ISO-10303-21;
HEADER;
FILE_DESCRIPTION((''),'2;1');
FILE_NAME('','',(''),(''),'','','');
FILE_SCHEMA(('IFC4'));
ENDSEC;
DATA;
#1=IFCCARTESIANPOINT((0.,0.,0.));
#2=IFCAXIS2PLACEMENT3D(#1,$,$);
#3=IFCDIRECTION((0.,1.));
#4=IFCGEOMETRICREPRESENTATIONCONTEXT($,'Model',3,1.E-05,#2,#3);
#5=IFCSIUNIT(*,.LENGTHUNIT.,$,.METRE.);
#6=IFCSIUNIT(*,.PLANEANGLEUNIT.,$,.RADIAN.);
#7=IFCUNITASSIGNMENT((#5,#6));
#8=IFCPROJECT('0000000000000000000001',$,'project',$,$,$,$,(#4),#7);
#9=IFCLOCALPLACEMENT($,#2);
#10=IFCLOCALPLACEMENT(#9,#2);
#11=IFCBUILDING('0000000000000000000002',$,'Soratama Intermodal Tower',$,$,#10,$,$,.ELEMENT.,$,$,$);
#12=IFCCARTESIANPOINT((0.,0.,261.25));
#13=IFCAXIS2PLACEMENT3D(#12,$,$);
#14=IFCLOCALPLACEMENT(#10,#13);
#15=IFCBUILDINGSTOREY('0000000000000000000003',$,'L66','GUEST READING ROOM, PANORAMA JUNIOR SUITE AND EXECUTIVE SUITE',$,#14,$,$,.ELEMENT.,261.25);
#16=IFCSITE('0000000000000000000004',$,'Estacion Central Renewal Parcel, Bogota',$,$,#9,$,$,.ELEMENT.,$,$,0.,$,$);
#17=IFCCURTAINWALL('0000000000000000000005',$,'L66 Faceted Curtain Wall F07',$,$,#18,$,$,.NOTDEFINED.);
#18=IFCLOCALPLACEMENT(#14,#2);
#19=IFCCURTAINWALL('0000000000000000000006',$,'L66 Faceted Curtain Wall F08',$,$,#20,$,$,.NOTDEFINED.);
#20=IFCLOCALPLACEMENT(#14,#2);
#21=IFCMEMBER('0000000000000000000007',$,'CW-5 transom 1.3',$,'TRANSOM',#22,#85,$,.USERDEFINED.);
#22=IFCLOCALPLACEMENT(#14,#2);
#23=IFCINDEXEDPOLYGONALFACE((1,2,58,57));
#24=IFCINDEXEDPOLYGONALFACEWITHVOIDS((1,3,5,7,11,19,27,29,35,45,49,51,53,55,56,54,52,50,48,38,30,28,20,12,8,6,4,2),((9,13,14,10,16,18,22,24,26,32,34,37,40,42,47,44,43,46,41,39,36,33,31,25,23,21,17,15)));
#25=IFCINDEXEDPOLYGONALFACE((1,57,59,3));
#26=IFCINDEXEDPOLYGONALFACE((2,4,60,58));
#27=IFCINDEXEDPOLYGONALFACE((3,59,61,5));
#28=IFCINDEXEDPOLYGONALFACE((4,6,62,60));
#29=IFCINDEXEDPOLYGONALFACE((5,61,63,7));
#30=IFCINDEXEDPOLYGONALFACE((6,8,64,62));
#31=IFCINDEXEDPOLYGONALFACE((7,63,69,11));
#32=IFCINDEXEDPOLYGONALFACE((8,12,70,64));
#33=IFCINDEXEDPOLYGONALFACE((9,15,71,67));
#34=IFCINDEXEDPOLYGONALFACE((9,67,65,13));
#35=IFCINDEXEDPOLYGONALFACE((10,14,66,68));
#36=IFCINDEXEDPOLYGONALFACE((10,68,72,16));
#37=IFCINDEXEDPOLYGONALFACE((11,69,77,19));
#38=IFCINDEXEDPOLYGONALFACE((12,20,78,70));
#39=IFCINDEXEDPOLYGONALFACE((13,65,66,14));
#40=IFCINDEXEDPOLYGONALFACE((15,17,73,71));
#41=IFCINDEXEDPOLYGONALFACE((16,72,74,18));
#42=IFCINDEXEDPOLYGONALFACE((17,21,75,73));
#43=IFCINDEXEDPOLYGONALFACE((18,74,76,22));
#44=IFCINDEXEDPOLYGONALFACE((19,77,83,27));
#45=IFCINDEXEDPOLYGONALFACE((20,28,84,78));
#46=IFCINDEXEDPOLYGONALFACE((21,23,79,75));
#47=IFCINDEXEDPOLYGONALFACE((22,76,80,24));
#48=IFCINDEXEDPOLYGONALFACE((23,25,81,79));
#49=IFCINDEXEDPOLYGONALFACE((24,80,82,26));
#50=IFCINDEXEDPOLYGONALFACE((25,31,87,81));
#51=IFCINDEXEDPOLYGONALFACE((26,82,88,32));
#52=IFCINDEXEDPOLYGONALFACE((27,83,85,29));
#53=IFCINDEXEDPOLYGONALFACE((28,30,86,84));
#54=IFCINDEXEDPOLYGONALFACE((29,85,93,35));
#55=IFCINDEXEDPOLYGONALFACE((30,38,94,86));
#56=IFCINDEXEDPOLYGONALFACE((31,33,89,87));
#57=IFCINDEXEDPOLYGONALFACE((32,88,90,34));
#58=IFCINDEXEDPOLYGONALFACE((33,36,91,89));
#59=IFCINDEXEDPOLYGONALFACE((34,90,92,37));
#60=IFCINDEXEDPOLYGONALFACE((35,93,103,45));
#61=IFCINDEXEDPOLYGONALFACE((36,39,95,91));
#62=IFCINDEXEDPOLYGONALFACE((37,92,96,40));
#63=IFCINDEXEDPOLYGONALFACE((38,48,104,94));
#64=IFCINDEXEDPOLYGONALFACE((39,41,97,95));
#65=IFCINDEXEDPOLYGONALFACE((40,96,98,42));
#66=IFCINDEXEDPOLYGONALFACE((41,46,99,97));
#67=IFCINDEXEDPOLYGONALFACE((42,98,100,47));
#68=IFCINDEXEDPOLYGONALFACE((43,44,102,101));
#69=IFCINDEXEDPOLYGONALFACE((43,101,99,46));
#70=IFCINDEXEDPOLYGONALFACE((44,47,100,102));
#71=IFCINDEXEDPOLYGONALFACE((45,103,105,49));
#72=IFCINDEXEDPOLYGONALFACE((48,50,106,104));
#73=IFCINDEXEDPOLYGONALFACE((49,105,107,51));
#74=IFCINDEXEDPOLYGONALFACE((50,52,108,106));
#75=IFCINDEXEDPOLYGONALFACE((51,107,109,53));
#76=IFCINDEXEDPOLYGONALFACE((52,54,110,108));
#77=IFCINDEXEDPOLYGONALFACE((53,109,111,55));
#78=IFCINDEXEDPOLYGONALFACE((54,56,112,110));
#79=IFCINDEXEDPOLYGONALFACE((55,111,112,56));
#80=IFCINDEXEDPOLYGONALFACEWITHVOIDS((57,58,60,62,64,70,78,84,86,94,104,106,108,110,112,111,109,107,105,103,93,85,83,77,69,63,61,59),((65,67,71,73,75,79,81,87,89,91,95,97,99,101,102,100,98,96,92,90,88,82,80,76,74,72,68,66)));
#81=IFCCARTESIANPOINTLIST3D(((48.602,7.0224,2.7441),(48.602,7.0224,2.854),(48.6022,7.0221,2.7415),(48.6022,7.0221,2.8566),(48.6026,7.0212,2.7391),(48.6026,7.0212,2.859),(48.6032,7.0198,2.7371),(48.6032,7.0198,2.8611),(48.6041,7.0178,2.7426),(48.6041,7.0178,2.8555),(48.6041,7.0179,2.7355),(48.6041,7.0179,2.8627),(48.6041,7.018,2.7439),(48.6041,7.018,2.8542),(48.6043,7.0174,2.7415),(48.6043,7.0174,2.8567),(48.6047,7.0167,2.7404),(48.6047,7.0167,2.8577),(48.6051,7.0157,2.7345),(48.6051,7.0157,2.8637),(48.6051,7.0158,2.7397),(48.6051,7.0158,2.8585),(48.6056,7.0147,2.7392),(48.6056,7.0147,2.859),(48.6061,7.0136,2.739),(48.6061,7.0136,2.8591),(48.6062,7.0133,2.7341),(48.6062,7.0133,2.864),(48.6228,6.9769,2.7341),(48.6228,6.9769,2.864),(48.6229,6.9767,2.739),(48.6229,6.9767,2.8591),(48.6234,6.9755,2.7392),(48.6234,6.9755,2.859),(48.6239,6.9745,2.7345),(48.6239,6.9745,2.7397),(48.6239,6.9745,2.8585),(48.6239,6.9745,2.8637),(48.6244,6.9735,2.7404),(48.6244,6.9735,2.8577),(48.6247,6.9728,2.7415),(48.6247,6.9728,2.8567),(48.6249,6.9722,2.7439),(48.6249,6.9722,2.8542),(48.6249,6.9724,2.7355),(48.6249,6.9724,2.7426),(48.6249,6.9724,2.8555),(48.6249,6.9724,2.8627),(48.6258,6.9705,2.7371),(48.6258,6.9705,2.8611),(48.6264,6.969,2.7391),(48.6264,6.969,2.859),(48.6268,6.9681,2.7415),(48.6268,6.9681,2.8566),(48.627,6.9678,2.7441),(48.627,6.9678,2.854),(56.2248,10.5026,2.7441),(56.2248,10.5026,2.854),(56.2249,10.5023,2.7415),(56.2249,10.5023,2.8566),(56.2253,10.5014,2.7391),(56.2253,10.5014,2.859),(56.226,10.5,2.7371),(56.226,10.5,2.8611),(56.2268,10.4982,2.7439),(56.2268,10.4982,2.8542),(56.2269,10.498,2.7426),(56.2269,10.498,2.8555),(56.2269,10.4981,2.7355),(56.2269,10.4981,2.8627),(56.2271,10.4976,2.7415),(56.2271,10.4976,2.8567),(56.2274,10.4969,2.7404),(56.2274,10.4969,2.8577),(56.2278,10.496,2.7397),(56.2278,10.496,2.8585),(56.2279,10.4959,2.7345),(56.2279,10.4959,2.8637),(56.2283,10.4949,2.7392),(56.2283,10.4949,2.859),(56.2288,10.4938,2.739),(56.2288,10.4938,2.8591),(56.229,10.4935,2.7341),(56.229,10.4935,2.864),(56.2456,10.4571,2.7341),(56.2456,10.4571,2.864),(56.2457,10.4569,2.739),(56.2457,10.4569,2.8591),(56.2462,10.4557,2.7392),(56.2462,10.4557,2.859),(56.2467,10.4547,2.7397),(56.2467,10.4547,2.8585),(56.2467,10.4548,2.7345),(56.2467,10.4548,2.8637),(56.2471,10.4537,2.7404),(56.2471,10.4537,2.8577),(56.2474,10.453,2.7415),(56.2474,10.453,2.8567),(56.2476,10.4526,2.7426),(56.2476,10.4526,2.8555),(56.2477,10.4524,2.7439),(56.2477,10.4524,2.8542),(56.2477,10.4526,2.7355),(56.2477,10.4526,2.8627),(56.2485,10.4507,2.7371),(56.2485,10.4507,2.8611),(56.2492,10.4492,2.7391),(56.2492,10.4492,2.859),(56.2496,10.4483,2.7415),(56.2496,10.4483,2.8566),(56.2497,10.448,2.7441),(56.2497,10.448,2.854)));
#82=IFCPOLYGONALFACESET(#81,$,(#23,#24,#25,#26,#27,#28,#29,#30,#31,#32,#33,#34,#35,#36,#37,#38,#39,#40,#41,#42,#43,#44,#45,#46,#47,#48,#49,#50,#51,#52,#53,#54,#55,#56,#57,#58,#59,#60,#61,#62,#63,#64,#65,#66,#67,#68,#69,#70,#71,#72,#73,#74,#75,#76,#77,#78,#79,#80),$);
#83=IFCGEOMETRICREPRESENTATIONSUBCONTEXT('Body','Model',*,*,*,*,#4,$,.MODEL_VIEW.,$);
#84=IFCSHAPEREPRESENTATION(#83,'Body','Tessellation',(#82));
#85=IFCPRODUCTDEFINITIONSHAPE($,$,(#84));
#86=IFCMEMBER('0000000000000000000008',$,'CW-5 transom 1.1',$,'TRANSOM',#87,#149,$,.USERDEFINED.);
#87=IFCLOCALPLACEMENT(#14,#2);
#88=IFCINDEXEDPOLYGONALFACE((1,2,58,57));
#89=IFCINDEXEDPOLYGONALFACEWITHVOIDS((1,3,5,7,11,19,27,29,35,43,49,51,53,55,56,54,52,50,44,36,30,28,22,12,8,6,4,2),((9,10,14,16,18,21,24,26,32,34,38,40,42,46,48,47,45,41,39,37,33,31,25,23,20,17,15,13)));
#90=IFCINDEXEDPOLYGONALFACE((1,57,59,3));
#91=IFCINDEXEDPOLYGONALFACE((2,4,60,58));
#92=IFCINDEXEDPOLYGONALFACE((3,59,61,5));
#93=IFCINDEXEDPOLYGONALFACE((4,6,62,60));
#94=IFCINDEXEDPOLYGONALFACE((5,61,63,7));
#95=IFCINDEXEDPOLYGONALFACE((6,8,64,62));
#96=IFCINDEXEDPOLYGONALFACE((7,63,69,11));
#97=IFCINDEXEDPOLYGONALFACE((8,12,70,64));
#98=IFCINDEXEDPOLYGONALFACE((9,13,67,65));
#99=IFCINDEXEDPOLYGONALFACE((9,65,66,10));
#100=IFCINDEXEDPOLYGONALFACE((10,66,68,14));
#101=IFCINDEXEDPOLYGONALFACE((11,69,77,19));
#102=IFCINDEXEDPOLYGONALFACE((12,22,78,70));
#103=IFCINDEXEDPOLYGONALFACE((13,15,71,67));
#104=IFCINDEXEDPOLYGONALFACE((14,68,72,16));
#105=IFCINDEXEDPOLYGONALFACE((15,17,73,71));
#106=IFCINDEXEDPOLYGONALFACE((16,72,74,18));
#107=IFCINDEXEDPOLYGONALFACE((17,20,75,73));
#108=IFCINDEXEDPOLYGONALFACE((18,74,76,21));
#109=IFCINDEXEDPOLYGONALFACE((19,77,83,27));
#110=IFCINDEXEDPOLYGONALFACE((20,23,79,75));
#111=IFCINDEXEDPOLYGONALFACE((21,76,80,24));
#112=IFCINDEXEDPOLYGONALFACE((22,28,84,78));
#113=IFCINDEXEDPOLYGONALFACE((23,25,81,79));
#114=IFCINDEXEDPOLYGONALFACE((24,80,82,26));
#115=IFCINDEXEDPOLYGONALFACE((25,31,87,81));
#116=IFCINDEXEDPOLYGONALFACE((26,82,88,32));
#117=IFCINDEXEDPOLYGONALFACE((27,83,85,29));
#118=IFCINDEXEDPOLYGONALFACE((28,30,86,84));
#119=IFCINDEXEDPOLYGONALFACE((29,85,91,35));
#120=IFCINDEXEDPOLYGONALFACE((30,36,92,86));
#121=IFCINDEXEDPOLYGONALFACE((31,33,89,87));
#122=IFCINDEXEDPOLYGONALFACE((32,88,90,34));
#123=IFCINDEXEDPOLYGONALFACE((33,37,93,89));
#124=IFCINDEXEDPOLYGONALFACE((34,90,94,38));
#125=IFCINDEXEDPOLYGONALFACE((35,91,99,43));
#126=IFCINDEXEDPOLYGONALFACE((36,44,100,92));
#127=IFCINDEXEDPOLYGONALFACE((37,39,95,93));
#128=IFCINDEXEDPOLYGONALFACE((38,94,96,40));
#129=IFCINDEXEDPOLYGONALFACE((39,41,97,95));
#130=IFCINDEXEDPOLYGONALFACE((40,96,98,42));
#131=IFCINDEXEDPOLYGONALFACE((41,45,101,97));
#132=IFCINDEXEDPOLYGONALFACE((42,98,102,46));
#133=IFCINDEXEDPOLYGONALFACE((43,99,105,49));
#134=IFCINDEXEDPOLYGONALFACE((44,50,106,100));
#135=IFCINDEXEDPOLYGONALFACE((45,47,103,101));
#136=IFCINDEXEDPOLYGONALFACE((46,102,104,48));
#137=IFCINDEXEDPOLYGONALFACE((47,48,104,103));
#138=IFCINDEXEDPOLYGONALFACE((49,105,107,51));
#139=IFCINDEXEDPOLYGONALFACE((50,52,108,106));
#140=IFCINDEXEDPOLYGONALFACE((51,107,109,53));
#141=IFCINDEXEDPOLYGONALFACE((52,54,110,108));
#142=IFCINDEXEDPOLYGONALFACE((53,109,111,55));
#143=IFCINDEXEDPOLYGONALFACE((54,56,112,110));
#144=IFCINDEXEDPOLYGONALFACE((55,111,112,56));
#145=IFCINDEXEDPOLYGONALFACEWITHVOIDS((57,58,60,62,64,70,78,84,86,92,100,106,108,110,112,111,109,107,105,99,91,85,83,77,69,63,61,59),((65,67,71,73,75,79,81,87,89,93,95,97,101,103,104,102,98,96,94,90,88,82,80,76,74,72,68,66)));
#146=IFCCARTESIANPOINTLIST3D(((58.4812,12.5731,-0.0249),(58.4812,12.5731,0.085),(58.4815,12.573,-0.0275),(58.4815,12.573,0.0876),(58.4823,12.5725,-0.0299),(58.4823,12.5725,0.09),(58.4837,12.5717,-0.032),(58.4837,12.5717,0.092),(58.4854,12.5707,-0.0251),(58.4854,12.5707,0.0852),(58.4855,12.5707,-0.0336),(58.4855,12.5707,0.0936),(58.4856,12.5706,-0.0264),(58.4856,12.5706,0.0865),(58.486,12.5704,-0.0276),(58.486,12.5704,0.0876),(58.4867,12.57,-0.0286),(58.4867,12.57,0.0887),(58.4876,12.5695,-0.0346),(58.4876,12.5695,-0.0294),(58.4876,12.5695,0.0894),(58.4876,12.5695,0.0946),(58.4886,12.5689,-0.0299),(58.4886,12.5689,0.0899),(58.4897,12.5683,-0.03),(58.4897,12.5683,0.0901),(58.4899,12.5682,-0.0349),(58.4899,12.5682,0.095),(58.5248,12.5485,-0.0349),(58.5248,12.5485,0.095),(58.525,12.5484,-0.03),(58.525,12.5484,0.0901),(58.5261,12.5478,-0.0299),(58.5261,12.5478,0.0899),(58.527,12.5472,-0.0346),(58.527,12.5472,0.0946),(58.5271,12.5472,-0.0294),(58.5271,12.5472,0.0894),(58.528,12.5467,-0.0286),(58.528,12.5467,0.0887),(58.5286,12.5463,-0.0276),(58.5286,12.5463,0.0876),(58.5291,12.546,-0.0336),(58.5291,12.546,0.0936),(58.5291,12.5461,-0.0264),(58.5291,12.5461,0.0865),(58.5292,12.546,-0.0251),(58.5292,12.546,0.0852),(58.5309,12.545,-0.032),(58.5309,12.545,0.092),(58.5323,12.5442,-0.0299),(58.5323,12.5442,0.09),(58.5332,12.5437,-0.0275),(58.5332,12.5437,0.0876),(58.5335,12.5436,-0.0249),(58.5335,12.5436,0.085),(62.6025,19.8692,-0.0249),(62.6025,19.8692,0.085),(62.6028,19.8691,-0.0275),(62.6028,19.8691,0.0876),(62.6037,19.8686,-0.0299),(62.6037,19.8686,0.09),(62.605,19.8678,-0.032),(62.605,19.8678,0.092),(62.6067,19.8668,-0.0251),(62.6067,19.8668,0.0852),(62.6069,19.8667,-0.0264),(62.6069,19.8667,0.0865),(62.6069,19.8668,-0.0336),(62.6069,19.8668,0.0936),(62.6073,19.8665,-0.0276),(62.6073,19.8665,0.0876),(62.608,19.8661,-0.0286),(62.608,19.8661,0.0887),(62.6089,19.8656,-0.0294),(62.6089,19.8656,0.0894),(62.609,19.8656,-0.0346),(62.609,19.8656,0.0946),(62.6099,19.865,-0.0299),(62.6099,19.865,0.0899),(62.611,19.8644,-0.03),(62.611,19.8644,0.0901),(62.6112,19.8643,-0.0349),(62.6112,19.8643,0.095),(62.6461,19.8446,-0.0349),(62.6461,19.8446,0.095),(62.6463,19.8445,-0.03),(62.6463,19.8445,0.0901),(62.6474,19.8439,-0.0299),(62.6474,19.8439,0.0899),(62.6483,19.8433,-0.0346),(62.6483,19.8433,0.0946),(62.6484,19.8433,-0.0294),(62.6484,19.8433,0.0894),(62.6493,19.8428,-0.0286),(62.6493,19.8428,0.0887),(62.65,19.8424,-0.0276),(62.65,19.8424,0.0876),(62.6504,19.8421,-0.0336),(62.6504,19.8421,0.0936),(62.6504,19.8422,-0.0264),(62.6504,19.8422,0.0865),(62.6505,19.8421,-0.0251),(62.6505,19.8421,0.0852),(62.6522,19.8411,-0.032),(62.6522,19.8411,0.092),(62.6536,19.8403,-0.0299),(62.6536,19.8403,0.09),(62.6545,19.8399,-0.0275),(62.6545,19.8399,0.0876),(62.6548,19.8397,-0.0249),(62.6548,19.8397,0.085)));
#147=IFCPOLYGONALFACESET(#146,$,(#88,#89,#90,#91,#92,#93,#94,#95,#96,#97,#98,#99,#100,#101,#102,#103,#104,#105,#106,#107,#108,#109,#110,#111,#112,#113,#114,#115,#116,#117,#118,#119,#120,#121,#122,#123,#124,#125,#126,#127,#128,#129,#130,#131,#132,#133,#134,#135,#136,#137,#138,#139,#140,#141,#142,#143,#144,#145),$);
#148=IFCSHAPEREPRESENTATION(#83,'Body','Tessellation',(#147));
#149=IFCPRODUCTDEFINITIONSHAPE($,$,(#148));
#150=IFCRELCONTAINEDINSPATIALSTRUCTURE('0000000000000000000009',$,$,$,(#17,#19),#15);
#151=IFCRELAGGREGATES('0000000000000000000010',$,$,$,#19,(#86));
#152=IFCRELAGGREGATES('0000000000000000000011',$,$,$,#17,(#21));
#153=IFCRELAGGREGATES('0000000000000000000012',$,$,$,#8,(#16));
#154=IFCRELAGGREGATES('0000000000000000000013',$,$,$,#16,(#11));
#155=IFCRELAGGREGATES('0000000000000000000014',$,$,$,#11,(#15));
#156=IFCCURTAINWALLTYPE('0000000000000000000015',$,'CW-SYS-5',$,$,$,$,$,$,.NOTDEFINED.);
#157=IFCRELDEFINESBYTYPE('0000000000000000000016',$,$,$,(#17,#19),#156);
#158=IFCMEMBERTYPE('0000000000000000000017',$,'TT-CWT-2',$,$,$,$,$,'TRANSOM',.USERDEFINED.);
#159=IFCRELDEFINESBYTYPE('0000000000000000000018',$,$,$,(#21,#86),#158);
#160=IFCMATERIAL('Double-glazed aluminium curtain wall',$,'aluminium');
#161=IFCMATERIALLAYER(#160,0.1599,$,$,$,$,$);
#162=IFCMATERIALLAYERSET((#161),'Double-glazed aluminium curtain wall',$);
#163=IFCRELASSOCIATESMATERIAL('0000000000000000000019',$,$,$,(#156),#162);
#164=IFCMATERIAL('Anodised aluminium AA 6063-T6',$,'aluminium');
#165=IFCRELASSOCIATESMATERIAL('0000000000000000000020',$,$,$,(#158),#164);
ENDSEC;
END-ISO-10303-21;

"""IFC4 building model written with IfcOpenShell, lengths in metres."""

from ifc_helpers import new_model, si_unit, direction, frame, origin, origin_2d, place, context, subcontext, project, spatial, hollow_rectangle, extrude, material, layer, layer_set, material_profile, profile_set, type_object, element, aggregate, save


model = new_model("IFC4")

# Units and contexts
model_context = context("Model", 3, precision=1e-05, world=origin(), true_north=direction((0.0, 1.0)))
body_context = subcontext(model_context, "Body", "Model", "MODEL_VIEW")
ifc_project = project(units=[si_unit("LENGTHUNIT", "METRE"), si_unit("PLANEANGLEUNIT", "RADIAN")], contexts=[model_context])

# Site, building, storey
site_placement = place(None, origin())
site = spatial("IfcSite", under=ifc_project, at=site_placement, Name="Estacion Central Renewal Parcel, Bogota", CompositionType="ELEMENT", RefElevation=0.0)
building_placement = place(site_placement, origin())
building = spatial("IfcBuilding", under=site, at=building_placement, Name="Soratama Intermodal Tower", CompositionType="ELEMENT")
storey_placement = place(building_placement, frame((0.0, 0.0, 261.25)))
storey = spatial("IfcBuildingStorey", under=building, at=storey_placement, Name="L66", Description="GUEST READING ROOM, PANORAMA JUNIOR SUITE AND EXECUTIVE SUITE", CompositionType="ELEMENT", Elevation=261.25)

# Curtain walls
ifc_material_1 = material(Name="Double-glazed aluminium curtain wall", Category="aluminium")
ifc_layer_1 = layer(ifc_material_1, 0.1599)
ifc_layer_set_1 = layer_set([ifc_layer_1], Name="Double-glazed aluminium curtain wall")
curtain_wall_type = type_object("IfcCurtainWallType", Name="CW-SYS-5", PredefinedType="NOTDEFINED", material=ifc_layer_set_1)
curtain_wall_1_placement = place(storey_placement, origin())
curtain_wall_1 = element("IfcCurtainWall", 1, at=curtain_wall_1_placement, inside=storey, type_object=curtain_wall_type, Name="L66 Faceted Curtain Wall F07", PredefinedType="NOTDEFINED")
curtain_wall_2_placement = place(storey_placement, origin())
curtain_wall_2 = element("IfcCurtainWall", 2, at=curtain_wall_2_placement, inside=storey, type_object=curtain_wall_type, Name="L66 Faceted Curtain Wall F08", PredefinedType="NOTDEFINED")

# Members
ifc_material_2 = material(Name="Anodised aluminium AA 6063-T6", Category="aluminium")
ifc_material_profile_1 = material_profile(ifc_material_2, hollow_rectangle(XDim=0.0601, YDim=0.1299, WallThickness=0.0049, InnerFilletRadius=0.0049, OuterFilletRadius=0.01, at=origin_2d()), Name="CWT130X60X5")
ifc_profile_set_1 = profile_set([ifc_material_profile_1], Name="Anodised aluminium AA 6063-T6")
member_type_1 = type_object("IfcMemberType", Name="TT-CWT-2", ElementType="TRANSOM", PredefinedType="USERDEFINED", material=ifc_profile_set_1)
member_1_placement = place(storey_placement, frame((48.6145, 6.9951, 2.7991), z_axis=(0.909677, 0.415317, 0.0), x_axis=(-0.415317, 0.909677, 0.0)))
member_1 = element("IfcMember", 3, at=member_1_placement, type_object=member_type_1, Name="CW-5 transom 1.3", ObjectType="TRANSOM", PredefinedType="USERDEFINED", context=body_context, shape_type="SweptSolid", body=[
    extrude(hollow_rectangle(XDim=0.0601, YDim=0.1299, WallThickness=0.0049, InnerFilletRadius=0.0049, OuterFilletRadius=0.01, at=origin_2d()), origin(), (0.0, 0.0, 1.0), 8.3796),
])
member_2_placement = place(storey_placement, frame((58.5073, 12.5583, 0.03), z_axis=(0.491825, 0.870694, 0.0), x_axis=(-0.870694, 0.491825, 0.0)))
member_2 = element("IfcMember", 4, at=member_2_placement, type_object=member_type_1, Name="CW-5 transom 1.1", ObjectType="TRANSOM", PredefinedType="USERDEFINED", context=body_context, shape_type="SweptSolid", body=[
    extrude(hollow_rectangle(XDim=0.0601, YDim=0.1299, WallThickness=0.0049, InnerFilletRadius=0.0049, OuterFilletRadius=0.01, at=origin_2d()), origin(), (0.0, 0.0, 1.0), 8.3796),
])
aggregate(curtain_wall_2, [member_2])

aggregate(curtain_wall_1, [member_1])

save(model, "model.ifc")
